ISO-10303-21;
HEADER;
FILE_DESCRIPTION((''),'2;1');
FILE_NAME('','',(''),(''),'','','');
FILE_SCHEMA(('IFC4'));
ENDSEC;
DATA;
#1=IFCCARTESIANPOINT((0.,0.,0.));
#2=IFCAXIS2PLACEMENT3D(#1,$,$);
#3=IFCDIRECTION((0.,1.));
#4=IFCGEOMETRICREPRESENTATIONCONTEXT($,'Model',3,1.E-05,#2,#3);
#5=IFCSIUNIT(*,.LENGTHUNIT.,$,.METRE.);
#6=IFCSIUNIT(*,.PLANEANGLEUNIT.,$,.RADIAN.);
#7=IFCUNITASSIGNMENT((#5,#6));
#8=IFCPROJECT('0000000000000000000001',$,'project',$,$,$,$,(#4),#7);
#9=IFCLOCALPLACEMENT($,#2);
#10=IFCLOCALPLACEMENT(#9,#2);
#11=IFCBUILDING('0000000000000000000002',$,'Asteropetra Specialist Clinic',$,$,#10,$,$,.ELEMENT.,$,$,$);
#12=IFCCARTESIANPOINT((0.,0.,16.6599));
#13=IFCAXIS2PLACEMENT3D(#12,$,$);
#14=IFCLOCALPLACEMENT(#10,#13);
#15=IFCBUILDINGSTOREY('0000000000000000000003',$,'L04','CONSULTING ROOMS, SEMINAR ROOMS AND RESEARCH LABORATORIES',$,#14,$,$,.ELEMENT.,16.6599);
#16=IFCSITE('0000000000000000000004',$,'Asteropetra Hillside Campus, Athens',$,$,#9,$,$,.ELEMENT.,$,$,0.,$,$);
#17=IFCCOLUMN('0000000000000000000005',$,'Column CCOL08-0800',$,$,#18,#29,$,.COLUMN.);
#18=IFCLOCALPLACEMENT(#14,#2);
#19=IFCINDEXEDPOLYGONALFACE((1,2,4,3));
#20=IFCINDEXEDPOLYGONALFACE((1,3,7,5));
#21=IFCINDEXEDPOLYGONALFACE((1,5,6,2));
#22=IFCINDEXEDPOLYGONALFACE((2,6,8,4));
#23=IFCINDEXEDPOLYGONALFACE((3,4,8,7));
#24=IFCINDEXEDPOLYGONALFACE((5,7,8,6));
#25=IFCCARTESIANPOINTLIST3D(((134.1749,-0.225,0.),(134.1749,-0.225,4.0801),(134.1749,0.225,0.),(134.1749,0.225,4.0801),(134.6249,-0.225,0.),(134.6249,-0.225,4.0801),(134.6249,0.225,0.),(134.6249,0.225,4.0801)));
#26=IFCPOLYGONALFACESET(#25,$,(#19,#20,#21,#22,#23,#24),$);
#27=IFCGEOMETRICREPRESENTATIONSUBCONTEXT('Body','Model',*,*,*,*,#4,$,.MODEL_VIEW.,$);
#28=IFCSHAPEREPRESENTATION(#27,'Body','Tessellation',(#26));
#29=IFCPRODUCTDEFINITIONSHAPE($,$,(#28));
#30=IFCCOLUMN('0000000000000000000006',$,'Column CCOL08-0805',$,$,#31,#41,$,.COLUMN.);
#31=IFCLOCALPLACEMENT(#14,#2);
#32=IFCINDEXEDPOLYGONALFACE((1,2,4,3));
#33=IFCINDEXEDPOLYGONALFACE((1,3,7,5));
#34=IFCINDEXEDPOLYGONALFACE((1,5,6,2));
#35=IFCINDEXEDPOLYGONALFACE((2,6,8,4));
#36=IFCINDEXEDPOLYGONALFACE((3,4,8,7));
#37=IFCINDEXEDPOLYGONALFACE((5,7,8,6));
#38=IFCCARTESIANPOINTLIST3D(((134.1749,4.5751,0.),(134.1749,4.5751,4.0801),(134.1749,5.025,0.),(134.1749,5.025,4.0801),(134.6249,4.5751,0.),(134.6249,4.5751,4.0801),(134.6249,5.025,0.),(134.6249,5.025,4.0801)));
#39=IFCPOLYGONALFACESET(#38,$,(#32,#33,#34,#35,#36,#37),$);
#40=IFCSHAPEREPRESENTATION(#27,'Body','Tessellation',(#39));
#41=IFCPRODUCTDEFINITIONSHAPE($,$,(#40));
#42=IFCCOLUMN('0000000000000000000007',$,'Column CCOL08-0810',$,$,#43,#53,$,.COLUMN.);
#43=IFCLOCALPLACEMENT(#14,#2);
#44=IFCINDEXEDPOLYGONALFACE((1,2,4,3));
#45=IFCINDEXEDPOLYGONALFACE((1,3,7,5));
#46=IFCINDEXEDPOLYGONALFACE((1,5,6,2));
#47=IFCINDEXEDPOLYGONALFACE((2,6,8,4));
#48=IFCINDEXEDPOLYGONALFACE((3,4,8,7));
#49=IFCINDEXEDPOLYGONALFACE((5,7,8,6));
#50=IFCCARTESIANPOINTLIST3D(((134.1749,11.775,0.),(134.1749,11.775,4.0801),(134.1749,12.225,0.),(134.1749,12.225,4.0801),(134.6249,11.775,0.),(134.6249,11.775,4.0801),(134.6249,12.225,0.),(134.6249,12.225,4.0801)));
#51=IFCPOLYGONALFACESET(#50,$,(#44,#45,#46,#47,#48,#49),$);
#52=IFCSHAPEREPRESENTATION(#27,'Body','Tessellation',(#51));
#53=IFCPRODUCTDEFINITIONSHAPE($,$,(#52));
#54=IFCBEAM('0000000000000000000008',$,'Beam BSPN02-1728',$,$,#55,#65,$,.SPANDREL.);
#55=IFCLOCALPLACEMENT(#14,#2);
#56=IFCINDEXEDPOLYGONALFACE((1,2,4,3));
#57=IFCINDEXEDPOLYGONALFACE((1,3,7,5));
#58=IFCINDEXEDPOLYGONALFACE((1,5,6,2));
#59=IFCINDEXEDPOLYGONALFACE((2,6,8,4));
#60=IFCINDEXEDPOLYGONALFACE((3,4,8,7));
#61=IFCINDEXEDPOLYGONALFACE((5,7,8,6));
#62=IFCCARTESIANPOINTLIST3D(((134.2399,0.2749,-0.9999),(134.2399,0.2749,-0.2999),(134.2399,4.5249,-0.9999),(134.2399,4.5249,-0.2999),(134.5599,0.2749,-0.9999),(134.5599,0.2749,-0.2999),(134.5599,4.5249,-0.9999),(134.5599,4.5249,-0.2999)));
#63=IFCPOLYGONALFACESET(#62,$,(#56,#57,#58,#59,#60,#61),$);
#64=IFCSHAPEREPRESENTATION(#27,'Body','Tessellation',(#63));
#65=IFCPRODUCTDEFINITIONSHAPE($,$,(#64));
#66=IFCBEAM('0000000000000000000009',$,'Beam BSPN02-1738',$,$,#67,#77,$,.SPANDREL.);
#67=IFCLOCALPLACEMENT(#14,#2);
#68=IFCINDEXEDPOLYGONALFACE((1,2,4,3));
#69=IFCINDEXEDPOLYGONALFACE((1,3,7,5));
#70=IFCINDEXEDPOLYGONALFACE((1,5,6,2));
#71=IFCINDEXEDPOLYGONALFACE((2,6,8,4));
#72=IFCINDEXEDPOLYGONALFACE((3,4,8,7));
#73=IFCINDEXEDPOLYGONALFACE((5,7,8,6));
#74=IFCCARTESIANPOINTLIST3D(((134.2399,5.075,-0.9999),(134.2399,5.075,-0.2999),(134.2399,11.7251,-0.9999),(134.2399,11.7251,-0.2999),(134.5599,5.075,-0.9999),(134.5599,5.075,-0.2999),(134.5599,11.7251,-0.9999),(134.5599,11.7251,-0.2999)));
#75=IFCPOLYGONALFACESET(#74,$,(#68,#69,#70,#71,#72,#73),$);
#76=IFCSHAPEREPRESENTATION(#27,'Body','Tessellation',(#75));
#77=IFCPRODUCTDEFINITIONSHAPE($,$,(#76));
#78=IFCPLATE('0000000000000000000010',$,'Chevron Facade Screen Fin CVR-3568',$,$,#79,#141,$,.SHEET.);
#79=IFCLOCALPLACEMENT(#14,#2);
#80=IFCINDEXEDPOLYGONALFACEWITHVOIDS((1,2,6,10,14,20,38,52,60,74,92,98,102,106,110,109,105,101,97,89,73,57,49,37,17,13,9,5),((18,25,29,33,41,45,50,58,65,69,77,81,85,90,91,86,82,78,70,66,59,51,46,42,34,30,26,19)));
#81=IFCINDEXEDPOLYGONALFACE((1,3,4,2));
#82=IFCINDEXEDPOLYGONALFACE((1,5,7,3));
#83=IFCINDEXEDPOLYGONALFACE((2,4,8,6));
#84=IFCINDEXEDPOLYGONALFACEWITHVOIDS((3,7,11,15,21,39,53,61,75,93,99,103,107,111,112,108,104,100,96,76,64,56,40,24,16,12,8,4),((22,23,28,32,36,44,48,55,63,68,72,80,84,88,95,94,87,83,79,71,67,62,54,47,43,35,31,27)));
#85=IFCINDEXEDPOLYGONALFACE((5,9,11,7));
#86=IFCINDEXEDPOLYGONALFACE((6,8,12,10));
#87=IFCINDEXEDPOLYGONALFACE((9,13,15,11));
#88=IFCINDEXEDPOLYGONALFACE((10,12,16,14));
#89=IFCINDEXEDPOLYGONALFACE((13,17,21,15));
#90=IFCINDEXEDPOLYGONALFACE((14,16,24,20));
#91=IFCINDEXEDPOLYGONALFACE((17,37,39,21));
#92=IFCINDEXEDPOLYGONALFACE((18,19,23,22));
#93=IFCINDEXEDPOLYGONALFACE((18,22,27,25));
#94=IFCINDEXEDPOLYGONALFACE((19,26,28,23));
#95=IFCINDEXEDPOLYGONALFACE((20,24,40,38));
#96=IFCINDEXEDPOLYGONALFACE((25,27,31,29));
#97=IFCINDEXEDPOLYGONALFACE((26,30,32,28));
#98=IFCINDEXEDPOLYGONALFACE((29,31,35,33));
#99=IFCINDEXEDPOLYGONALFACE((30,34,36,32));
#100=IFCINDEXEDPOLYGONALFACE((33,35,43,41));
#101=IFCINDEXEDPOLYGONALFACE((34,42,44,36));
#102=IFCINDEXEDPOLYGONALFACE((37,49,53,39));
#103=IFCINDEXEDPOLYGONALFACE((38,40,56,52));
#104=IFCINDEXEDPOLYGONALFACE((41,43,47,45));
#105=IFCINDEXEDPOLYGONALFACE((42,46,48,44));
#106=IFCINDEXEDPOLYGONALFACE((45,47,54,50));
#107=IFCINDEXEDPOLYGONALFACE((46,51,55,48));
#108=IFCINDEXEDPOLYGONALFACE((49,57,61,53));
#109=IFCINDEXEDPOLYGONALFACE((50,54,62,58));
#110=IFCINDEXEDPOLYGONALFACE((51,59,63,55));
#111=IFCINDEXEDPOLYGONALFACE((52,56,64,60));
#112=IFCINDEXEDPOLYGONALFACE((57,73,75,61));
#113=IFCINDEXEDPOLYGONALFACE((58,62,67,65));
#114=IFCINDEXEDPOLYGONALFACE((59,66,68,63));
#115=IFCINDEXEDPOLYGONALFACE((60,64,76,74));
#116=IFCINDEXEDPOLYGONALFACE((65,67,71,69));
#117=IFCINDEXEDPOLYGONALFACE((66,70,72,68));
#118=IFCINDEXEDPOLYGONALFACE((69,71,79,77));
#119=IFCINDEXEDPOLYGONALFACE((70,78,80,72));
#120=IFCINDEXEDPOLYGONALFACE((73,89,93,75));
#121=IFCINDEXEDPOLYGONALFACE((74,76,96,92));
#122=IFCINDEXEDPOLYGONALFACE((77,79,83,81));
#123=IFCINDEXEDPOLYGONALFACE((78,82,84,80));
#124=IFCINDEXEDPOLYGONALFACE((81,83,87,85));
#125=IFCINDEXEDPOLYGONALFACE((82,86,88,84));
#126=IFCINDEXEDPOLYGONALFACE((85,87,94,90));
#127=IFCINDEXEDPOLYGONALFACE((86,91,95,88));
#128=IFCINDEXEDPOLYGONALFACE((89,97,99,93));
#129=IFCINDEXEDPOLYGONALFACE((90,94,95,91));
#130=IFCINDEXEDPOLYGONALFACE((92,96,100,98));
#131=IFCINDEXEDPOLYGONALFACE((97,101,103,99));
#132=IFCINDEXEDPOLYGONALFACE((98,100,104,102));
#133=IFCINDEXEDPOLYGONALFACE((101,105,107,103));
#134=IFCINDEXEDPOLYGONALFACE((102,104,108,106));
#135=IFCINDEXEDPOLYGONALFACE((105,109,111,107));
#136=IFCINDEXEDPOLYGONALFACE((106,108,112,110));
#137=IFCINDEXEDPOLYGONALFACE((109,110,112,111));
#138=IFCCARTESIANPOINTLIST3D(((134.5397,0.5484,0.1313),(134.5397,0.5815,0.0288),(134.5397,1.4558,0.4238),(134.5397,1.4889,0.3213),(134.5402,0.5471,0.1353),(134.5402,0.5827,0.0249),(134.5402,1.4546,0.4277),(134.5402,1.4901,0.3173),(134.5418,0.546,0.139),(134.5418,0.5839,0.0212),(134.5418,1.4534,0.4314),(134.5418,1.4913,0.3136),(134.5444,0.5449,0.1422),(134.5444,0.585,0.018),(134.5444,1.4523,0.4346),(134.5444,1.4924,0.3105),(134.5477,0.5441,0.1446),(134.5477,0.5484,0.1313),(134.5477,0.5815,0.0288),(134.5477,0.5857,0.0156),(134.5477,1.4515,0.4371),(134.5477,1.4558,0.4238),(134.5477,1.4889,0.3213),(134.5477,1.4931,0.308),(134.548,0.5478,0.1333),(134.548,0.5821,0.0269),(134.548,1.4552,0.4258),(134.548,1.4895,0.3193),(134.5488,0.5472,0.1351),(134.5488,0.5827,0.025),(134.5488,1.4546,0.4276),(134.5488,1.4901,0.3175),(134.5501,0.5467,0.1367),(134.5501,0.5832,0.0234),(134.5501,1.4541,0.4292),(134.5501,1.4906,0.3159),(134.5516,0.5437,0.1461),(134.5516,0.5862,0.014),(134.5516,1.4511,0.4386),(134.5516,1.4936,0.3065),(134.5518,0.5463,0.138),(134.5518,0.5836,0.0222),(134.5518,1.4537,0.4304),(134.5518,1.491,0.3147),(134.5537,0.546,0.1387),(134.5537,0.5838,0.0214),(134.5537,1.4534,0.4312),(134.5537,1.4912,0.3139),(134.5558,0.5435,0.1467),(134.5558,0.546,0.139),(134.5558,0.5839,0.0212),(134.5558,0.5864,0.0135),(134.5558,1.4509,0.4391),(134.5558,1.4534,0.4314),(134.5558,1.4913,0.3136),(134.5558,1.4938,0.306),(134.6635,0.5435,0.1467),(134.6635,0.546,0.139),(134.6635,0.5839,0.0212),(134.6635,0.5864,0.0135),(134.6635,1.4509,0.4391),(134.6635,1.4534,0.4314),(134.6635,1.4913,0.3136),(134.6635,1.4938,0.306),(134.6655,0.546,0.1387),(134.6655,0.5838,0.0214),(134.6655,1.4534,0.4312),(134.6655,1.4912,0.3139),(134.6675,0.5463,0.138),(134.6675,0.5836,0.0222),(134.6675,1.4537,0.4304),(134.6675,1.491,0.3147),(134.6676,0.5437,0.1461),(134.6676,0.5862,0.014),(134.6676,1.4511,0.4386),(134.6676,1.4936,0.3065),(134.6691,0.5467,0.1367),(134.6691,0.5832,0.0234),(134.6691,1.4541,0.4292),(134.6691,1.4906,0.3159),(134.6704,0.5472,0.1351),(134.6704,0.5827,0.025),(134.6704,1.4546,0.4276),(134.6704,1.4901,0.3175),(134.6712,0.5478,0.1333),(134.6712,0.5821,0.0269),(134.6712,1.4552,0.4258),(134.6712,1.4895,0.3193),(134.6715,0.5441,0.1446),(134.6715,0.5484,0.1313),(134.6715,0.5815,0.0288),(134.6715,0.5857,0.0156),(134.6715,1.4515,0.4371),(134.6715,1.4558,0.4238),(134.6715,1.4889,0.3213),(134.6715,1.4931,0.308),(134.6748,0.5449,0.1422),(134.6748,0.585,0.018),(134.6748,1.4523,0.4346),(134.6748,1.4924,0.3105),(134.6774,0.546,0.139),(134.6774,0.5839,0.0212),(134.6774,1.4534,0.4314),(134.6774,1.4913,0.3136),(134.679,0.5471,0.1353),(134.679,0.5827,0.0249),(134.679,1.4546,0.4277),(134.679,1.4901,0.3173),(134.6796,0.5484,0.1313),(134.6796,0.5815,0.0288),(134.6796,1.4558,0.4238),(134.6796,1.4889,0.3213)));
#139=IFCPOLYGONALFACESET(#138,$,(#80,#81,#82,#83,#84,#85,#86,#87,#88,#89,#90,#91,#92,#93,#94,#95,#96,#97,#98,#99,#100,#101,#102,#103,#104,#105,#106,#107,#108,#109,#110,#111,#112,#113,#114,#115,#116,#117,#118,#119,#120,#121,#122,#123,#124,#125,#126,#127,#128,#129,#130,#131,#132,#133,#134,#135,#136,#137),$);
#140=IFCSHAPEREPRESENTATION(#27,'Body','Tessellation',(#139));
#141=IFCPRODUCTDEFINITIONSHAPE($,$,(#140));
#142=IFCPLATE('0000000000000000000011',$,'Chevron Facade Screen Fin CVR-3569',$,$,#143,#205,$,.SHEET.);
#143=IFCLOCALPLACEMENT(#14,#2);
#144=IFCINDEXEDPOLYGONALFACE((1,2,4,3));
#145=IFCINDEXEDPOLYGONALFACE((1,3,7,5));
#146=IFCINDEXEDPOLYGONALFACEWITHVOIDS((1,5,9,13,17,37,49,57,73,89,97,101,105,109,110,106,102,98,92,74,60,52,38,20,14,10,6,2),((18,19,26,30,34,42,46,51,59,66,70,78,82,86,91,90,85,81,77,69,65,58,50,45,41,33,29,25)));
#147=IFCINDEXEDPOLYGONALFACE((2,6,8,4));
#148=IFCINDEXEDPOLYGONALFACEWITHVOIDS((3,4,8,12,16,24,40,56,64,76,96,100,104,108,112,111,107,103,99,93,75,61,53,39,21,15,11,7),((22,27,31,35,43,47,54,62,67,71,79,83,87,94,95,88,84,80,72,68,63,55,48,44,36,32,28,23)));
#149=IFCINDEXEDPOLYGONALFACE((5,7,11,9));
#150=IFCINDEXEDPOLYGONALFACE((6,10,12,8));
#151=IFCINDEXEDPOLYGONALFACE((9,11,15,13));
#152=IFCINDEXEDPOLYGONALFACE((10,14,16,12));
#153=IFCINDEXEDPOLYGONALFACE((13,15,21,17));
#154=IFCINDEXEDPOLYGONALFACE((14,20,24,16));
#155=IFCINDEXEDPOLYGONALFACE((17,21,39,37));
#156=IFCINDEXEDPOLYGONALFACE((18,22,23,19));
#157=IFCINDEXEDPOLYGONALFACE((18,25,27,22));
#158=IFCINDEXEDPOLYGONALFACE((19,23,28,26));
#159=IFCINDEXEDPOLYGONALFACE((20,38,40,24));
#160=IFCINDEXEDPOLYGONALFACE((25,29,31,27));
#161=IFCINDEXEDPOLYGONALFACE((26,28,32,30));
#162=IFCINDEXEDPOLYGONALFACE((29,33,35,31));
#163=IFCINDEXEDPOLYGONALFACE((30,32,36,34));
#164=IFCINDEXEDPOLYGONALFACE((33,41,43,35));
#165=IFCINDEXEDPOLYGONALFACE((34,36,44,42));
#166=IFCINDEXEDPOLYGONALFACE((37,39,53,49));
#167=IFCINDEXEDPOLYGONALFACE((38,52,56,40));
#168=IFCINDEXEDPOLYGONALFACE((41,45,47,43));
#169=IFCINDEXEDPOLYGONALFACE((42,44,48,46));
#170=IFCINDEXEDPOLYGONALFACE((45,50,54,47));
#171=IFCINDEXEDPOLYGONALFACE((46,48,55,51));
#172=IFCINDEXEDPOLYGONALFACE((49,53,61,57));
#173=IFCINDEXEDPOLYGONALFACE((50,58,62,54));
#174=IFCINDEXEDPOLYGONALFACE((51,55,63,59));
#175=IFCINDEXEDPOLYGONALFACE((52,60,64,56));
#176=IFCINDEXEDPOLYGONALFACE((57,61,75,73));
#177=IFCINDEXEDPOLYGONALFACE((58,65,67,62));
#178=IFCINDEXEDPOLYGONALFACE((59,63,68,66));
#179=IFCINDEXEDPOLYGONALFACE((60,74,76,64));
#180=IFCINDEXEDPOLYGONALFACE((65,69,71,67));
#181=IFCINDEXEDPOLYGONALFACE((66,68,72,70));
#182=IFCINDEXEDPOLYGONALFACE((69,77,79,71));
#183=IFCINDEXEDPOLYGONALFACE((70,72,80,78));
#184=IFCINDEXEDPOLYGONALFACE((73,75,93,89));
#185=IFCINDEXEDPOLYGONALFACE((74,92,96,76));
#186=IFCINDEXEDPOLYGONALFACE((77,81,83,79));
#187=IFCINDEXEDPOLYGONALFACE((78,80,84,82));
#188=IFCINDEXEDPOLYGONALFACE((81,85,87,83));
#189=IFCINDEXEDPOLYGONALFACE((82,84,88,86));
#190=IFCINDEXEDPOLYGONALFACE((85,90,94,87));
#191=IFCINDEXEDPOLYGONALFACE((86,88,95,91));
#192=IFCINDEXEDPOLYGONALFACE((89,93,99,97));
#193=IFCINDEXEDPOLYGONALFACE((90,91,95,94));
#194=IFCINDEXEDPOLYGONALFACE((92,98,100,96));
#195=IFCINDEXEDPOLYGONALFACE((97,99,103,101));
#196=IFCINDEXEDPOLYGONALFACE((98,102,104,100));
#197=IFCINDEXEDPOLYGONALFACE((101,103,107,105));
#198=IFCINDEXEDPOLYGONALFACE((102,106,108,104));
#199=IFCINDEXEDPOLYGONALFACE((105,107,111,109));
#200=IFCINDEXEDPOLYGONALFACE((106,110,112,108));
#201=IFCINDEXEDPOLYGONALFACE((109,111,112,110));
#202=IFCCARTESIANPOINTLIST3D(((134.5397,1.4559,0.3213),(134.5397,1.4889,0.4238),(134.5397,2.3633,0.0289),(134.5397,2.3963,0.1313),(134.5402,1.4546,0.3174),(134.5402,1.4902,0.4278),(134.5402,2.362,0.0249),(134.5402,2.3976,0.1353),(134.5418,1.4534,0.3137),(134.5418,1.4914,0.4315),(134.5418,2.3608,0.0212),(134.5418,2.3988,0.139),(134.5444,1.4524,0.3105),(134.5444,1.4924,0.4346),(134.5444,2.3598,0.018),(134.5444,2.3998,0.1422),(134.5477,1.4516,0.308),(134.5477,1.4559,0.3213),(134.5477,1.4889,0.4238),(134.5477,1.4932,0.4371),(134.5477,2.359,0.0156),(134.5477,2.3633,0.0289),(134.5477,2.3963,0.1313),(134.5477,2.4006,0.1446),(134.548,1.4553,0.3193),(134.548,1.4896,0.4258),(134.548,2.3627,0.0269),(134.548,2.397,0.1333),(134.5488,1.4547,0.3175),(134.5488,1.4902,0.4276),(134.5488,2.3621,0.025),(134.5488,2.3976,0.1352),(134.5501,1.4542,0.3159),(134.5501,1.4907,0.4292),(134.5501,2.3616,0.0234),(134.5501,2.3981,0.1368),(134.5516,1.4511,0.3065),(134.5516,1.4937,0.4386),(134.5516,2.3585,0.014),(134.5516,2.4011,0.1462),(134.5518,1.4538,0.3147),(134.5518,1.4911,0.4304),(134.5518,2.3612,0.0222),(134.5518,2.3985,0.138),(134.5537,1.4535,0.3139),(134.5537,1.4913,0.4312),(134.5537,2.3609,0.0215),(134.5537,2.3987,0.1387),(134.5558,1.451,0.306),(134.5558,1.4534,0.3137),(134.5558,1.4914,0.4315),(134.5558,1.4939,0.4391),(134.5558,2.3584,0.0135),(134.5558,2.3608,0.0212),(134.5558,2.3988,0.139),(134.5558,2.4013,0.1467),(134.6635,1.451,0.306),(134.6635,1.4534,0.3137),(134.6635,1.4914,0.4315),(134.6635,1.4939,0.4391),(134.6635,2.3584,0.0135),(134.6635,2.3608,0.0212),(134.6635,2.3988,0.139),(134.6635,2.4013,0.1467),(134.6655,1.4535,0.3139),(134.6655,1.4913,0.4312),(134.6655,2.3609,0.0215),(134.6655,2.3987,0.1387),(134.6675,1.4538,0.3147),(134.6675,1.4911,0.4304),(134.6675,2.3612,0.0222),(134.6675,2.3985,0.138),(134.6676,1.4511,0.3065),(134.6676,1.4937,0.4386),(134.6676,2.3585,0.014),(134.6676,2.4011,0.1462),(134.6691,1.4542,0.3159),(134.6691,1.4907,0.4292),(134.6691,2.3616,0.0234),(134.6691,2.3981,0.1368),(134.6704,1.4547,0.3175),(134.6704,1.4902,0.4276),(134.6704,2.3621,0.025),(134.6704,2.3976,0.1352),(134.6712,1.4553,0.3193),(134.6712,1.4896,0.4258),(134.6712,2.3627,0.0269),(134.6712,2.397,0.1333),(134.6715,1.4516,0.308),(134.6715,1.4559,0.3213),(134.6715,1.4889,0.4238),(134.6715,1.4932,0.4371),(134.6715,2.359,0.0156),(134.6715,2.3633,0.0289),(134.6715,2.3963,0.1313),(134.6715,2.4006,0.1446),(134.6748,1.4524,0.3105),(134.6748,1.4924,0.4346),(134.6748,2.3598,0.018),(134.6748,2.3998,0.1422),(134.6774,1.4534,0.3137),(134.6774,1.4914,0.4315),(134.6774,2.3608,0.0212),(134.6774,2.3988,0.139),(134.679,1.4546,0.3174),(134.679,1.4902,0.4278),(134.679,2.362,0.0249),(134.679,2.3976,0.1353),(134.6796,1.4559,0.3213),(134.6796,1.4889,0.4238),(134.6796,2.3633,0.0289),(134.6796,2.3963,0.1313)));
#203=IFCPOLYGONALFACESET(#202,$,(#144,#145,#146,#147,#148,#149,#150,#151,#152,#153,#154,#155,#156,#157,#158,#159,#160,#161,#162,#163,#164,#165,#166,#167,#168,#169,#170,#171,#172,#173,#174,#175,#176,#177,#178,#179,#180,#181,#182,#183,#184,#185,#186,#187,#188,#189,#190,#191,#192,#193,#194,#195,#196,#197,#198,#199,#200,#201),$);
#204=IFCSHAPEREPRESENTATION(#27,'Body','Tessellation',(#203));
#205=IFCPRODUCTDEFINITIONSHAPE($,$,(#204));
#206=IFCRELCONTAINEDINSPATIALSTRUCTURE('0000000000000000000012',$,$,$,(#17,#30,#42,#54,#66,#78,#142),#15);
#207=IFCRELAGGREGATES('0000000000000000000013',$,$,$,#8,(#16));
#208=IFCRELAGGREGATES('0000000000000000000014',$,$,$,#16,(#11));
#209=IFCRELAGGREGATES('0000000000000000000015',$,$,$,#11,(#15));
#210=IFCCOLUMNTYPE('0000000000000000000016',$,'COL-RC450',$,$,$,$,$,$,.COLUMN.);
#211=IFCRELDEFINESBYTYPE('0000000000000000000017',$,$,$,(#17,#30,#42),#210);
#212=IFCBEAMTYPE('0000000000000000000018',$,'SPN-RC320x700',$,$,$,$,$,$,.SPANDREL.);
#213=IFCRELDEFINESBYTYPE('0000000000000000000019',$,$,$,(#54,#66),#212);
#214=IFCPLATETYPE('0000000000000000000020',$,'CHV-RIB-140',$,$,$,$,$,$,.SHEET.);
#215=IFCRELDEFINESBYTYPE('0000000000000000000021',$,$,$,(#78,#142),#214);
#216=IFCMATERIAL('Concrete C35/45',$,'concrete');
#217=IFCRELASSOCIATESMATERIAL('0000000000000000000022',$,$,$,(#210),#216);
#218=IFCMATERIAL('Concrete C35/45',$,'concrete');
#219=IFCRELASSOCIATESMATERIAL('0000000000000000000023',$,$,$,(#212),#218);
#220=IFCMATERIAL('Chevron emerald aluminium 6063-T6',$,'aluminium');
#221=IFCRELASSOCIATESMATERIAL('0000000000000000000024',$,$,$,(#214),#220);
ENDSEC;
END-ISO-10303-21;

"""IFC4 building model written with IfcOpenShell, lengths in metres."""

from ifc_helpers import new_model, si_unit, direction, frame, origin, origin_2d, place, context, subcontext, project, spatial, rectangle, hollow_rectangle, extrude, material, material_profile, profile_set, type_object, element, save


model = new_model("IFC4")

# Units and contexts
model_context = context("Model", 3, precision=1e-05, world=origin(), true_north=direction((0.0, 1.0)))
body_context = subcontext(model_context, "Body", "Model", "MODEL_VIEW")
ifc_project = project(units=[si_unit("LENGTHUNIT", "METRE"), si_unit("PLANEANGLEUNIT", "RADIAN")], contexts=[model_context])

# Site, building, storey
site_placement = place(None, origin())
site = spatial("IfcSite", under=ifc_project, at=site_placement, Name="Asteropetra Hillside Campus, Athens", CompositionType="ELEMENT", RefElevation=0.0)
building_placement = place(site_placement, origin())
building = spatial("IfcBuilding", under=site, at=building_placement, Name="Asteropetra Specialist Clinic", CompositionType="ELEMENT")
storey_placement = place(building_placement, frame((0.0, 0.0, 16.6599)))
storey = spatial("IfcBuildingStorey", under=building, at=storey_placement, Name="L04", Description="CONSULTING ROOMS, SEMINAR ROOMS AND RESEARCH LABORATORIES", CompositionType="ELEMENT", Elevation=16.6599)

# Columns
ifc_material_1 = material(Name="Concrete C35/45", Category="concrete")
ifc_material_profile_1 = material_profile(ifc_material_1, rectangle(XDim=0.45, YDim=0.45, at=origin_2d()), Name="RC 450x450")
ifc_profile_set_1 = profile_set([ifc_material_profile_1], Name="Concrete C35/45")
column_type = type_object("IfcColumnType", Name="COL-RC450", PredefinedType="COLUMN", material=ifc_profile_set_1)
for number, where, z_axis, x_axis, name in (
    (1, (134.3999, 0.0, 0.0), (0.0, 0.0, 1.0), (1.0, 0.0, 0.0), "Column CCOL08-0800"),
    (2, (134.3999, 4.8, 0.0), (0.0, 0.0, 1.0), (1.0, 0.0, 0.0), "Column CCOL08-0805"),
    (3, (134.3999, 12.0, 0.0), (0.0, 0.0, 1.0), (1.0, 0.0, 0.0), "Column CCOL08-0810"),
):
    element("IfcColumn", number, at=place(storey_placement, frame(where, z_axis=z_axis, x_axis=x_axis)), inside=storey, type_object=column_type, Name=name, PredefinedType="COLUMN", context=body_context, shape_type="SweptSolid", body=[
        extrude(rectangle(XDim=0.45, YDim=0.45, at=origin_2d()), origin(), (0.0, 0.0, 1.0), 4.0801),
    ])

# Beams
ifc_material_2 = material(Name="Concrete C35/45", Category="concrete")
ifc_material_profile_2 = material_profile(ifc_material_2, rectangle(XDim=0.3201, YDim=0.7, at=origin_2d()), Name="RCS 320x700")
ifc_profile_set_2 = profile_set([ifc_material_profile_2], Name="Concrete C35/45")
beam_type = type_object("IfcBeamType", Name="SPN-RC320x700", PredefinedType="SPANDREL", material=ifc_profile_set_2)
beam_1_placement = place(storey_placement, frame((134.3999, 0.2749, -0.6499), z_axis=(0.0, 1.0, 0.0), x_axis=(-1.0, 0.0, 0.0)))
element("IfcBeam", 4, at=beam_1_placement, inside=storey, type_object=beam_type, Name="Beam BSPN02-1728", PredefinedType="SPANDREL", context=body_context, shape_type="SweptSolid", body=[
    extrude(rectangle(XDim=0.3201, YDim=0.7, at=origin_2d()), origin(), (0.0, 0.0, 1.0), 4.25),
])
beam_2_placement = place(storey_placement, frame((134.3999, 5.075, -0.6499), z_axis=(0.0, 1.0, 0.0), x_axis=(-1.0, 0.0, 0.0)))
element("IfcBeam", 5, at=beam_2_placement, inside=storey, type_object=beam_type, Name="Beam BSPN02-1738", PredefinedType="SPANDREL", context=body_context, shape_type="SweptSolid", body=[
    extrude(rectangle(XDim=0.3201, YDim=0.7, at=origin_2d()), origin(), (0.0, 0.0, 1.0), 6.6501),
])

# Plates
ifc_material_3 = material(Name="Chevron emerald aluminium 6063-T6", Category="aluminium")
ifc_material_profile_3 = material_profile(ifc_material_3, hollow_rectangle(XDim=0.1399, YDim=0.1399, WallThickness=0.0081, InnerFilletRadius=0.0081, OuterFilletRadius=0.0161, at=origin_2d()), Name="SHS 140x140x8.0")
ifc_profile_set_3 = profile_set([ifc_material_profile_3], Name="Chevron emerald aluminium 6063-T6")
plate_type = type_object("IfcPlateType", Name="CHV-RIB-140", PredefinedType="SHEET", material=ifc_profile_set_3)
for number, where, z_axis, x_axis, name in (
    (6, (134.6096, 0.5649, 0.0801), (0.0, 0.951786, 0.306763), (-1.0, 0.0, 0.0), "Chevron Facade Screen Fin CVR-3568"),
    (7, (134.6096, 1.4724, 0.3726), (0.0, 0.951786, -0.306763), (-1.0, 0.0, 0.0), "Chevron Facade Screen Fin CVR-3569"),
):
    element("IfcPlate", number, at=place(storey_placement, frame(where, z_axis=z_axis, x_axis=x_axis)), inside=storey, type_object=plate_type, Name=name, PredefinedType="SHEET", context=body_context, shape_type="SweptSolid", body=[
        extrude(hollow_rectangle(XDim=0.1399, YDim=0.1399, WallThickness=0.0081, InnerFilletRadius=0.0081, OuterFilletRadius=0.0161, at=origin_2d()), origin(), (0.0, 0.0, 1.0), 0.9534),
    ])

save(model, "model.ifc")
